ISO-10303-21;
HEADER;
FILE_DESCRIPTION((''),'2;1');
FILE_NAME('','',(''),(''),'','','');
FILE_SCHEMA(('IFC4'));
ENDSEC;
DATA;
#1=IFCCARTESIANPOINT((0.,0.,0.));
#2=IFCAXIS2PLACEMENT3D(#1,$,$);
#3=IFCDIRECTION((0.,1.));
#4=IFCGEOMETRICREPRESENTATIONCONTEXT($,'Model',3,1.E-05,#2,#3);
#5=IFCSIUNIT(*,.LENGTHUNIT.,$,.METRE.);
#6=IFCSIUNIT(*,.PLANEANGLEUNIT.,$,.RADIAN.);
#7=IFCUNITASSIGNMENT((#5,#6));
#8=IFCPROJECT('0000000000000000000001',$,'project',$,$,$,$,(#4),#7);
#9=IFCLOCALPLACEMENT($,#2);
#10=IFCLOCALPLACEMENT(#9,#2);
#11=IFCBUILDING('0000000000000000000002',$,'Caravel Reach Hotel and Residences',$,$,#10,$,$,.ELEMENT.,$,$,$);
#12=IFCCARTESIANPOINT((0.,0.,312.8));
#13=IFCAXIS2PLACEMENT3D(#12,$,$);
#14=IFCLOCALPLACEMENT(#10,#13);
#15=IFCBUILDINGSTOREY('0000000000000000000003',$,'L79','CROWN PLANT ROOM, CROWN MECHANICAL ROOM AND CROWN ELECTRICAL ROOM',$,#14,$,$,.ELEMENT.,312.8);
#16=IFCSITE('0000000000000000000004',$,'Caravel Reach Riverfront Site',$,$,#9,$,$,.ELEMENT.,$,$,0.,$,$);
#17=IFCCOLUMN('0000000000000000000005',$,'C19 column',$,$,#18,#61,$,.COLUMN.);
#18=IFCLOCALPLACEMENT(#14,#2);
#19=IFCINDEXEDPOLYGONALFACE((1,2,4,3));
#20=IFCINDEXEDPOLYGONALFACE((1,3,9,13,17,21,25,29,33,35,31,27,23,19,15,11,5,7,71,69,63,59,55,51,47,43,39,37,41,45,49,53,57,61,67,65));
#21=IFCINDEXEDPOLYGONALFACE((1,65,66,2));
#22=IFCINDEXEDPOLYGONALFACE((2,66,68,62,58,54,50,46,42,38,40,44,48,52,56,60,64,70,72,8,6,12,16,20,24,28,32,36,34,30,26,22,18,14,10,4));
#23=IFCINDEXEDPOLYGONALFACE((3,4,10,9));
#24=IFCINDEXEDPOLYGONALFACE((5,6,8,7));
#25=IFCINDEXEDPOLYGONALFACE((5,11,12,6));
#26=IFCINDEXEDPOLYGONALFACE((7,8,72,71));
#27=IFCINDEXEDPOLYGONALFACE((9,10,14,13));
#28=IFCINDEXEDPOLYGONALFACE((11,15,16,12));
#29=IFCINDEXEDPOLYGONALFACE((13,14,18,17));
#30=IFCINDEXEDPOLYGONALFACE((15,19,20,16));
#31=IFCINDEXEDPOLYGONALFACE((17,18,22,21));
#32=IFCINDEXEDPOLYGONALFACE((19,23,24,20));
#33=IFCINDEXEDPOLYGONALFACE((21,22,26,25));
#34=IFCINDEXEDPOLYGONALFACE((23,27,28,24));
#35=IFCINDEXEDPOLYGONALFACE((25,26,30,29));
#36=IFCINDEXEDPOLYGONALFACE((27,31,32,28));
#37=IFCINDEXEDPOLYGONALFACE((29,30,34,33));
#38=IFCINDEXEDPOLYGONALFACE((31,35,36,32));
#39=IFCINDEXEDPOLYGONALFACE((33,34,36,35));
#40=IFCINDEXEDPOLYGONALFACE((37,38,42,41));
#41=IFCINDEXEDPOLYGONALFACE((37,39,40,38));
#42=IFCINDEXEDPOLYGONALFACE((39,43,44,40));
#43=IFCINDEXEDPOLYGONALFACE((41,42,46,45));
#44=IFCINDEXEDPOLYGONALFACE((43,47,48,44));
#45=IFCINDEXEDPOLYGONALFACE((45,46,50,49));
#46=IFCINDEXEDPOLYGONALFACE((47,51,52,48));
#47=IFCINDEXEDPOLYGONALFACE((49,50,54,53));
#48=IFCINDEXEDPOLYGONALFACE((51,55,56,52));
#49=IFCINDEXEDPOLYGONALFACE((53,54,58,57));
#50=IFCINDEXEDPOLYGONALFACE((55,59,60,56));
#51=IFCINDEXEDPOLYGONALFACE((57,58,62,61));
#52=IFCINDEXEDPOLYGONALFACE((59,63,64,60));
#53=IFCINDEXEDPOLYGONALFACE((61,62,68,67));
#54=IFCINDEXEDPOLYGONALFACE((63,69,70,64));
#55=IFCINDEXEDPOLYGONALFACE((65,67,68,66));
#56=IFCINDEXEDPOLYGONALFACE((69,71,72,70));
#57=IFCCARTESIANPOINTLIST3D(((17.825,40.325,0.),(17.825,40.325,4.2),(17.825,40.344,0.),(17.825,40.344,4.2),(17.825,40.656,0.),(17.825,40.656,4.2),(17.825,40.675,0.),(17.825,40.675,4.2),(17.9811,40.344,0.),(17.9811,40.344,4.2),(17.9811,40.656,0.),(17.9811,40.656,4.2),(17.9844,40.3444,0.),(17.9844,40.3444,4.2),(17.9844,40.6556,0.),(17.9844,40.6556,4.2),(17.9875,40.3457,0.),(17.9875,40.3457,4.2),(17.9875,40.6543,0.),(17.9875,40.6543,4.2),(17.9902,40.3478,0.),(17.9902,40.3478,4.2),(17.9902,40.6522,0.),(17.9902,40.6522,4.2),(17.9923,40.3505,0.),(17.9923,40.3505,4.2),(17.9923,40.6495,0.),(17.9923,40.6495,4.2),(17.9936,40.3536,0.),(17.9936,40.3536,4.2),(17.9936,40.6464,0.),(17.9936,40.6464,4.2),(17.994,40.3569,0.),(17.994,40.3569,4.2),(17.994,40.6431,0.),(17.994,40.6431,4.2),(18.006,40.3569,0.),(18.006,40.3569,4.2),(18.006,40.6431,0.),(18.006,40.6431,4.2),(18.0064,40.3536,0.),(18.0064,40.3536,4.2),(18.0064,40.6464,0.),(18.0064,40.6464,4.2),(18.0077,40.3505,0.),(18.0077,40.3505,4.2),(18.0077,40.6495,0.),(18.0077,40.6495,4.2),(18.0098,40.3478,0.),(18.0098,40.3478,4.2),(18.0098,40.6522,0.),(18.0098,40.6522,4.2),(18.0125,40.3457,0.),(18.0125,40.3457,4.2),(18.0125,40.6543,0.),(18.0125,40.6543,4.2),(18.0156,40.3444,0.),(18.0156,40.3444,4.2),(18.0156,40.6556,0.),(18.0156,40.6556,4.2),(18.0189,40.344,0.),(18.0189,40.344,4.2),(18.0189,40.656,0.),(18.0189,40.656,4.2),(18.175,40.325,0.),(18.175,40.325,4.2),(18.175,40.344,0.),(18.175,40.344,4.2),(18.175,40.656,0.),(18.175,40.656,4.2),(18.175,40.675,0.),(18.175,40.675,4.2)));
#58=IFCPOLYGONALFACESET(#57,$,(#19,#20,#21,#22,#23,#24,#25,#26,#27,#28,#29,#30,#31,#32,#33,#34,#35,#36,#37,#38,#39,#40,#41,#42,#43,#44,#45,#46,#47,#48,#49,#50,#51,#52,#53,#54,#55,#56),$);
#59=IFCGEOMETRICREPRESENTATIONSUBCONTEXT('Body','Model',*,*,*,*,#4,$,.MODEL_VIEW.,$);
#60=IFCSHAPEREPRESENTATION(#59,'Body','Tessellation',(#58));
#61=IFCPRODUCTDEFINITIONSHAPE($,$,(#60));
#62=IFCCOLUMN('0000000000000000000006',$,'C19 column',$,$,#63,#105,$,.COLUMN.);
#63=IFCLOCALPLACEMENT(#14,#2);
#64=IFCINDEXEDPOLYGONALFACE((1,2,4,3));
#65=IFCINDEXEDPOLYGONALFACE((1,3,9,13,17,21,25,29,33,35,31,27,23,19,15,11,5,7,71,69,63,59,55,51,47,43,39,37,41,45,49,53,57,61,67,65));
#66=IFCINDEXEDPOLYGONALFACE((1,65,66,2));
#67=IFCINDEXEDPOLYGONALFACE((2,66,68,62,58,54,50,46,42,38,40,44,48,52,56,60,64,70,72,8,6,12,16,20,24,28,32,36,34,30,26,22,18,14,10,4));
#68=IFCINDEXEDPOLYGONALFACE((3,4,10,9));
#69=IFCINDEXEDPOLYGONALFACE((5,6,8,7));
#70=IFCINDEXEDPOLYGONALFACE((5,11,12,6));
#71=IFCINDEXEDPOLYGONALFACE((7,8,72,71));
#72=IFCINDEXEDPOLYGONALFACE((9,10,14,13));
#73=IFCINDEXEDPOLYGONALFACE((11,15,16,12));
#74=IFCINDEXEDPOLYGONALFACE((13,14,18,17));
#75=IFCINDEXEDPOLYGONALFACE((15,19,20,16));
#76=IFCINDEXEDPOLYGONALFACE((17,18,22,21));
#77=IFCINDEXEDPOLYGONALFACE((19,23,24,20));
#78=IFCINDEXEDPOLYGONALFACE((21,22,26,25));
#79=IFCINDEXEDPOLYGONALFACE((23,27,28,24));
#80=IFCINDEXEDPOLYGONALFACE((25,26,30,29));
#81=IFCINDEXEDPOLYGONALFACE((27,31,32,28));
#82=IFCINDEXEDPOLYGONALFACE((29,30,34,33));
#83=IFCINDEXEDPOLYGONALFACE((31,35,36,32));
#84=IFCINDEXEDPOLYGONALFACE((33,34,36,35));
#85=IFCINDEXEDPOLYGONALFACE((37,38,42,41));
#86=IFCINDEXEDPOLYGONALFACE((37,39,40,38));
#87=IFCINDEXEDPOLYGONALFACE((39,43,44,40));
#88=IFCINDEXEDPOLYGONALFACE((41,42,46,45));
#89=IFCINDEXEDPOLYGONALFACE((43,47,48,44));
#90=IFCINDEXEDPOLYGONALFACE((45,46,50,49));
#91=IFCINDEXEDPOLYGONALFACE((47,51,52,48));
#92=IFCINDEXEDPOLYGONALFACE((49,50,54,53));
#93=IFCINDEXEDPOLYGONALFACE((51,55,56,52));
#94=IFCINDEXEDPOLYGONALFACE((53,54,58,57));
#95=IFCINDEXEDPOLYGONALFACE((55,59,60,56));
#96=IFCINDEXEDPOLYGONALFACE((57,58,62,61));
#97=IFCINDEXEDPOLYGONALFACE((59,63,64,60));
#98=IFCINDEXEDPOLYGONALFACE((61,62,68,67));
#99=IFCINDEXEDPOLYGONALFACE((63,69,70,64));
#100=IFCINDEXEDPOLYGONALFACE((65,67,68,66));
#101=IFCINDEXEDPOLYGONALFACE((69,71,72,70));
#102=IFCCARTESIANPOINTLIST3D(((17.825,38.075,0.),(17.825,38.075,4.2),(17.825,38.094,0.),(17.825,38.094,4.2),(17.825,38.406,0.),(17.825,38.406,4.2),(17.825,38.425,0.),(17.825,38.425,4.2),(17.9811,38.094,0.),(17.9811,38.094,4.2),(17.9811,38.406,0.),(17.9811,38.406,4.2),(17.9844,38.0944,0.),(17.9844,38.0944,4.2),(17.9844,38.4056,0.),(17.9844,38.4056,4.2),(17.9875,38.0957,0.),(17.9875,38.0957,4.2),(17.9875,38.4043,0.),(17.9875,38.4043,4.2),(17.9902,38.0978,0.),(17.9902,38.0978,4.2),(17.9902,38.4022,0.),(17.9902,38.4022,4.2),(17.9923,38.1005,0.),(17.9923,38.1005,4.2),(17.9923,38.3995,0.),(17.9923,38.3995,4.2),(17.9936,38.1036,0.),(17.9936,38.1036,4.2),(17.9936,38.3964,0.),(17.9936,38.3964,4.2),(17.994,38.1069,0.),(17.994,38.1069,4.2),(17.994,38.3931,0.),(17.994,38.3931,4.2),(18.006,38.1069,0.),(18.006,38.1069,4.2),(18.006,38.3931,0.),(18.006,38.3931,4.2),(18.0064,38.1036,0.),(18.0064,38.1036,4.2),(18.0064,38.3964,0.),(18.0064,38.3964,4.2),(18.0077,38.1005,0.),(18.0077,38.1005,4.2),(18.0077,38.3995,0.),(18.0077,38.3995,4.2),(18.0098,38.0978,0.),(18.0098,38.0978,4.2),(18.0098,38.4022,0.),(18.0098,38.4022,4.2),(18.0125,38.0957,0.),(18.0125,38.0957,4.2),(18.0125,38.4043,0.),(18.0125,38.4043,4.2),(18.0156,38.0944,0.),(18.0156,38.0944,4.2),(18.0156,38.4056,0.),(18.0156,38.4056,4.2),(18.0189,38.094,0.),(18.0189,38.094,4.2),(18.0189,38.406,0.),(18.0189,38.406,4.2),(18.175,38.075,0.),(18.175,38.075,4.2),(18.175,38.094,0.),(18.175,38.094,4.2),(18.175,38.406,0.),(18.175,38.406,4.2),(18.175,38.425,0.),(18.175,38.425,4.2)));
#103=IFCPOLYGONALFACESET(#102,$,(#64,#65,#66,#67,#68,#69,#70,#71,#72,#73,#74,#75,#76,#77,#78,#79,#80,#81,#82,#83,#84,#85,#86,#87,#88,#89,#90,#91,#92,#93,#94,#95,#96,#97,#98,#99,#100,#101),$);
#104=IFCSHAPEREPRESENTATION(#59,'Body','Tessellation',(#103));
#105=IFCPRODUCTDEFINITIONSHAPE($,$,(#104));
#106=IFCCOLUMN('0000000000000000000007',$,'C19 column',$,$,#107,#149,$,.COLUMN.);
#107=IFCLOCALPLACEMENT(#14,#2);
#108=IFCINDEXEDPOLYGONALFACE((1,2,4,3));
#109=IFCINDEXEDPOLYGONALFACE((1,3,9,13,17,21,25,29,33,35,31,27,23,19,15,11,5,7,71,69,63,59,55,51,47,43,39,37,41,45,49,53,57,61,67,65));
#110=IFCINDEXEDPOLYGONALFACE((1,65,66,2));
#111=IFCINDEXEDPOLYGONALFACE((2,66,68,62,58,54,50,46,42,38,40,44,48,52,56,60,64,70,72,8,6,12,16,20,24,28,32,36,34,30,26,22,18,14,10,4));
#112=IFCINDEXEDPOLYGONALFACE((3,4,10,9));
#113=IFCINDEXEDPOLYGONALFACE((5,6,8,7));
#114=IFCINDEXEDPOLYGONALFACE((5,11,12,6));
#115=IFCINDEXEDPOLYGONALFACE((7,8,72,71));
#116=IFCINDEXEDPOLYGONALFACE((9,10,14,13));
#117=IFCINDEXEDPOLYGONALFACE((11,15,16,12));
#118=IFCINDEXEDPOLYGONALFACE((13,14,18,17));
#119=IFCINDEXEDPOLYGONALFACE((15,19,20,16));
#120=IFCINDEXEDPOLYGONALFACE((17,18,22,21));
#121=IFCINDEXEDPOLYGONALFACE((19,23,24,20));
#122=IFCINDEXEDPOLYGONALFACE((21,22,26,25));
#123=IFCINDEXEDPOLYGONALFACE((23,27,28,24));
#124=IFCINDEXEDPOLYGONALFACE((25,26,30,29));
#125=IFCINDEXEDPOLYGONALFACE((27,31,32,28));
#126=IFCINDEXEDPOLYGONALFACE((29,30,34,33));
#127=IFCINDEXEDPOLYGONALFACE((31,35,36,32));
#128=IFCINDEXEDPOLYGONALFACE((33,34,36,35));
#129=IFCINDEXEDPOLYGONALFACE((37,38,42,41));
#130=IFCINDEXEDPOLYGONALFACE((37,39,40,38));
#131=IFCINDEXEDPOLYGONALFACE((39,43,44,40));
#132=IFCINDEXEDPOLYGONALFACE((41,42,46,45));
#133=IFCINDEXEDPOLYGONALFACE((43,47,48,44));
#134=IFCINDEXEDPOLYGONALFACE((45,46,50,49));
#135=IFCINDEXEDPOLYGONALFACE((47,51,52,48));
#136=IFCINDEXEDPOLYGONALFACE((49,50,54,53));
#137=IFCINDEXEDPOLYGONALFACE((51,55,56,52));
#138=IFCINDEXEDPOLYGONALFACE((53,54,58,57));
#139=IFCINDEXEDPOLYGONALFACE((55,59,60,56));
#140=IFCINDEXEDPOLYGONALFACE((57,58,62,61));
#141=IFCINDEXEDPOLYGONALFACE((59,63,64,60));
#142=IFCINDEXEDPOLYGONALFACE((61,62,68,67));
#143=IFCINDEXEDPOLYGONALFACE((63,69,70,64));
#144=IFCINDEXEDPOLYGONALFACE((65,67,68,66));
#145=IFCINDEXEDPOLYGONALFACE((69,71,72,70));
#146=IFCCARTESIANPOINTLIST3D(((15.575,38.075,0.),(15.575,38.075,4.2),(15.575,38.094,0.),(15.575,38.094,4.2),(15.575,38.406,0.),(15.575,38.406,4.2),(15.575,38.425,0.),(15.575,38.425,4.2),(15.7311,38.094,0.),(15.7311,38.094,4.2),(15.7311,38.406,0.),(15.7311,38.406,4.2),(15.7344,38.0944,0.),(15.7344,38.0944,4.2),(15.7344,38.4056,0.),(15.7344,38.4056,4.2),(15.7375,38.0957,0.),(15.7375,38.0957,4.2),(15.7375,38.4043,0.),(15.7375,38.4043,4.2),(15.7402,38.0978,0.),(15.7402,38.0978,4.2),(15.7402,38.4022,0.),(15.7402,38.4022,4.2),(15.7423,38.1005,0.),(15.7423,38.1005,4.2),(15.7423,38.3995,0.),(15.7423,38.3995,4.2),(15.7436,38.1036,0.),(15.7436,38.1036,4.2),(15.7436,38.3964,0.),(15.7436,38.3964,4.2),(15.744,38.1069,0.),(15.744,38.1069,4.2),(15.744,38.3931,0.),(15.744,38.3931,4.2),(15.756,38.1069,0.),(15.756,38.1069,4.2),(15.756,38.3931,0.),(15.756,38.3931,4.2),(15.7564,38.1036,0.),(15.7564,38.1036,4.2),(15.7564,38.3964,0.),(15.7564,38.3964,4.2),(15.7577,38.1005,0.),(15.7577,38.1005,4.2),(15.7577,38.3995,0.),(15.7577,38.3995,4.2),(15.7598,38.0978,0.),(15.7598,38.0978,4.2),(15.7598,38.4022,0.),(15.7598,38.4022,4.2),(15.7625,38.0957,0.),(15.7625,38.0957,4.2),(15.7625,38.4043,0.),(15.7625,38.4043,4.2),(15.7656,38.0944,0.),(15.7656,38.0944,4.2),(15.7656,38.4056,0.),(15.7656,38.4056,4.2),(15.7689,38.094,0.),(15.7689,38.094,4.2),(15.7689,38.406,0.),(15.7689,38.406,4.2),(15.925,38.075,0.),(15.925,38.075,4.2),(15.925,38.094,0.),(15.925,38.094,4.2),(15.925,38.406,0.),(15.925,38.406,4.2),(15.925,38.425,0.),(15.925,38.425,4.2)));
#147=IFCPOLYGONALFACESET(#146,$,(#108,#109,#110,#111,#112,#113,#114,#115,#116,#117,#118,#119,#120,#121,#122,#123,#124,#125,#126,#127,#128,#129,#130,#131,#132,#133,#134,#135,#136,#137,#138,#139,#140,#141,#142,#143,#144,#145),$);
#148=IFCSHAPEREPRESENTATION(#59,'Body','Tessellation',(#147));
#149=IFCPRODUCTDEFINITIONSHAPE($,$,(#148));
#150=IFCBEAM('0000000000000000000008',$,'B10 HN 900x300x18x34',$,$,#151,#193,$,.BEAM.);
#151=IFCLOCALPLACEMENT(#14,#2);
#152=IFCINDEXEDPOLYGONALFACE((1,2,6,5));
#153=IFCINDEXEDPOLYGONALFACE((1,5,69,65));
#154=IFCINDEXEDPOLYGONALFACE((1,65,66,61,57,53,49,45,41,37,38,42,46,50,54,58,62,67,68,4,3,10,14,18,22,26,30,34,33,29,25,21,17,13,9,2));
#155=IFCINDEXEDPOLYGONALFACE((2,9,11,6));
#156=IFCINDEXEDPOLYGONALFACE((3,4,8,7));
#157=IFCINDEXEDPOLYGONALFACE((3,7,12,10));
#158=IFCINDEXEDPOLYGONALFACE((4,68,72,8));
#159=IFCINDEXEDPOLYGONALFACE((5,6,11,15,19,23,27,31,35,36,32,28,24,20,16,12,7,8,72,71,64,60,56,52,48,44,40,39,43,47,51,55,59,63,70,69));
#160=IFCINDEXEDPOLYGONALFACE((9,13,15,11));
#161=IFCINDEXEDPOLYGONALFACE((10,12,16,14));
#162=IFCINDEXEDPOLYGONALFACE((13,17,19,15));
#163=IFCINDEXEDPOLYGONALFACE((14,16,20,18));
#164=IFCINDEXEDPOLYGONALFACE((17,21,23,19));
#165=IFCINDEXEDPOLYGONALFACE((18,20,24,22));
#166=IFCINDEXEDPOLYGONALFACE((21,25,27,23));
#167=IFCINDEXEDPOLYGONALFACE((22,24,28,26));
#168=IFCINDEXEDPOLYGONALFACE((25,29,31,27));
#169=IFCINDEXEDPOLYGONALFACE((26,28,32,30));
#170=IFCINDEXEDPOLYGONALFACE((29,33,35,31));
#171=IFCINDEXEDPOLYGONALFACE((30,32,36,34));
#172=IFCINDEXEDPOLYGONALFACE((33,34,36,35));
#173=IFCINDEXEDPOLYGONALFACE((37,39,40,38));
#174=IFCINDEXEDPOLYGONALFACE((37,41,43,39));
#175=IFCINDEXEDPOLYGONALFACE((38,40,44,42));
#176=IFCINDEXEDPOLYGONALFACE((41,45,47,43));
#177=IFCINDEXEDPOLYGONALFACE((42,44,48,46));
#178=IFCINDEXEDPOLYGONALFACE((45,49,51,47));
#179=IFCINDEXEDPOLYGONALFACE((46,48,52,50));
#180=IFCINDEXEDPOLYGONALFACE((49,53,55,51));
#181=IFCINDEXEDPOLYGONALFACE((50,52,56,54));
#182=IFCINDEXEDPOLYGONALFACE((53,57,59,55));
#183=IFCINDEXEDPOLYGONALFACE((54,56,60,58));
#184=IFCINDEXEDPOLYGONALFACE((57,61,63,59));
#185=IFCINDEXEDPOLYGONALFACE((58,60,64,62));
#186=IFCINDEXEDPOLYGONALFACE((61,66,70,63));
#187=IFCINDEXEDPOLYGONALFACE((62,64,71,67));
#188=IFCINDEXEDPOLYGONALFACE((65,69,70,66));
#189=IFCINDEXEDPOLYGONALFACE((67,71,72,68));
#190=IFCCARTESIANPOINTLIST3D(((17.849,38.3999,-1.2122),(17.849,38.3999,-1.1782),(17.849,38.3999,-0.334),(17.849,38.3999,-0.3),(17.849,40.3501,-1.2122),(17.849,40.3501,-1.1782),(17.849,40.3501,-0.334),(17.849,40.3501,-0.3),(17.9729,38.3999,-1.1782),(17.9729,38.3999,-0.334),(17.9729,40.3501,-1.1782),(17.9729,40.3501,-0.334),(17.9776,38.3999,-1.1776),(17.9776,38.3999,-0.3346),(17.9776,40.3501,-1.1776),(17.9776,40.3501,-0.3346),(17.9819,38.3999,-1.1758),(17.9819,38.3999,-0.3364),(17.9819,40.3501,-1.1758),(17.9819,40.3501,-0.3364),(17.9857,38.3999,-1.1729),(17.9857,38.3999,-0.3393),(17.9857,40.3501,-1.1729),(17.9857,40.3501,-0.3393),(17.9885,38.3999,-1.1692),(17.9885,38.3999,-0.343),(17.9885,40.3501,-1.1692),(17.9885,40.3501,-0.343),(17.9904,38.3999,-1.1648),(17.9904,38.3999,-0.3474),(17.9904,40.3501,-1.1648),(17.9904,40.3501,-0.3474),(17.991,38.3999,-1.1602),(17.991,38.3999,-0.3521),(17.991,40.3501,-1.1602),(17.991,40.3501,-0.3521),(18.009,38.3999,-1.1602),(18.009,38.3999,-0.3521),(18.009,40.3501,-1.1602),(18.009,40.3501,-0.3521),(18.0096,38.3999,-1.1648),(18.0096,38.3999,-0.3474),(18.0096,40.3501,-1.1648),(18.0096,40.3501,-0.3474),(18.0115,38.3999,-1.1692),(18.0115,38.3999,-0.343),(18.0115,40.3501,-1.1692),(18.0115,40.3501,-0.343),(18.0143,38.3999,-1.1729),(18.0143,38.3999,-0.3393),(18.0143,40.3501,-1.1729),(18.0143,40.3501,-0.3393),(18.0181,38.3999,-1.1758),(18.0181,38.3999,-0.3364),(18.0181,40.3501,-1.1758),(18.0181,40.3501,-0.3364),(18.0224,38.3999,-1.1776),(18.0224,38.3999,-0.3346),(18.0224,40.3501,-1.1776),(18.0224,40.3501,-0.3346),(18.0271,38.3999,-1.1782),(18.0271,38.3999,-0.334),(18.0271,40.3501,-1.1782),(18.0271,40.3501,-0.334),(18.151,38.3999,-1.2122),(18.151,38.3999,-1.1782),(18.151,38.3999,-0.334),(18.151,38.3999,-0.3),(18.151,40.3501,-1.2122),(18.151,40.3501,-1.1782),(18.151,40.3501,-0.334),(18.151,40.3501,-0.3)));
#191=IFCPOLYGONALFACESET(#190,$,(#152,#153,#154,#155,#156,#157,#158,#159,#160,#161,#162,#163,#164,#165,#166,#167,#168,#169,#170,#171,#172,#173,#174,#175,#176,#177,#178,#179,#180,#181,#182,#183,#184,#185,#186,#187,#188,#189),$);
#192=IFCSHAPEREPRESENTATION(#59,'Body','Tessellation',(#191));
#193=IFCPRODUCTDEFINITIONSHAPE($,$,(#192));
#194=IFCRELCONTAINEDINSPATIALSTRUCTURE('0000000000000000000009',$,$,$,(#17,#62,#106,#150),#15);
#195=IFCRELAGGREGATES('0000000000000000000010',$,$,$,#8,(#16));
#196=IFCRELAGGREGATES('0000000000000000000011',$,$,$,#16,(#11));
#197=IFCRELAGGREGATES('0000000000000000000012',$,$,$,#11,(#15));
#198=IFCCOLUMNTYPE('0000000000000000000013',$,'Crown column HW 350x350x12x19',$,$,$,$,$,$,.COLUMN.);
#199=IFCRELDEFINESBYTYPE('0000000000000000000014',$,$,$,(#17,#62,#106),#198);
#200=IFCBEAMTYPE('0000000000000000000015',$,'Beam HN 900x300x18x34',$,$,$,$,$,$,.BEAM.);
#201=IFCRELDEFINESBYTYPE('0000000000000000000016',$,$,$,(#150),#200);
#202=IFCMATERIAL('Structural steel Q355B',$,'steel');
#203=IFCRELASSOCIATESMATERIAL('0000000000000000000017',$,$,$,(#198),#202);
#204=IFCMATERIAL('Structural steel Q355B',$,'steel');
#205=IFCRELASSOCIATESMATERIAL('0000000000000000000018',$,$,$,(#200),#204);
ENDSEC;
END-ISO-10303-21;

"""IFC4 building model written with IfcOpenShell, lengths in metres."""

from ifc_helpers import new_model, si_unit, direction, frame, origin, origin_2d, place, context, subcontext, project, spatial, i_section, extrude, material, material_profile, profile_set, type_object, element, save


model = new_model("IFC4")

# Units and contexts
model_context = context("Model", 3, precision=1e-05, world=origin(), true_north=direction((0.0, 1.0)))
body_context = subcontext(model_context, "Body", "Model", "MODEL_VIEW")
ifc_project = project(units=[si_unit("LENGTHUNIT", "METRE"), si_unit("PLANEANGLEUNIT", "RADIAN")], contexts=[model_context])

# Site, building, storey
site_placement = place(None, origin())
site = spatial("IfcSite", under=ifc_project, at=site_placement, Name="Caravel Reach Riverfront Site", CompositionType="ELEMENT", RefElevation=0.0)
building_placement = place(site_placement, origin())
building = spatial("IfcBuilding", under=site, at=building_placement, Name="Caravel Reach Hotel and Residences", CompositionType="ELEMENT")
storey_placement = place(building_placement, frame((0.0, 0.0, 312.8)))
storey = spatial("IfcBuildingStorey", under=building, at=storey_placement, Name="L79", Description="CROWN PLANT ROOM, CROWN MECHANICAL ROOM AND CROWN ELECTRICAL ROOM", CompositionType="ELEMENT", Elevation=312.8)

# Columns
ifc_material_1 = material(Name="Structural steel Q355B", Category="steel")
ifc_material_profile_1 = material_profile(ifc_material_1, i_section(OverallWidth=0.3501, OverallDepth=0.3501, WebThickness=0.012, FlangeThickness=0.019, FilletRadius=0.0129, at=origin_2d()), Name="HW 350x350x12x19")
ifc_profile_set_1 = profile_set([ifc_material_profile_1], Name="Structural steel Q355B")
column_type = type_object("IfcColumnType", Name="Crown column HW 350x350x12x19", PredefinedType="COLUMN", material=ifc_profile_set_1)
for number, where, z_axis, x_axis, name in (
    (1, (18.0, 40.5, 0.0), (0.0, 0.0, 1.0), (1.0, 0.0, 0.0), "C19 column"),
    (2, (18.0, 38.25, 0.0), (0.0, 0.0, 1.0), (1.0, 0.0, 0.0), "C19 column"),
    (3, (15.75, 38.25, 0.0), (0.0, 0.0, 1.0), (1.0, 0.0, 0.0), "C19 column"),
):
    element("IfcColumn", number, at=place(storey_placement, frame(where, z_axis=z_axis, x_axis=x_axis)), inside=storey, type_object=column_type, Name=name, PredefinedType="COLUMN", context=body_context, shape_type="SweptSolid", body=[
        extrude(i_section(OverallWidth=0.3501, OverallDepth=0.3501, WebThickness=0.012, FlangeThickness=0.019, FilletRadius=0.0129, at=origin_2d()), origin(), (0.0, 0.0, 1.0), 4.2),
    ])

# Beam
ifc_material_2 = material(Name="Structural steel Q355B", Category="steel")
ifc_material_profile_2 = material_profile(ifc_material_2, i_section(OverallWidth=0.302, OverallDepth=0.9121, WebThickness=0.0181, FlangeThickness=0.0339, FilletRadius=0.0181, at=origin_2d()), Name="HN 900x300x18x34")
ifc_profile_set_2 = profile_set([ifc_material_profile_2], Name="Structural steel Q355B")
beam_type = type_object("IfcBeamType", Name="Beam HN 900x300x18x34", PredefinedType="BEAM", material=ifc_profile_set_2)
for number, where, z_axis, x_axis, name in (
    (4, (18.0, 40.3501, -0.7561), (0.0, -1.0, 0.0), (1.0, 0.0, 0.0), "B10 HN 900x300x18x34"),
):
    element("IfcBeam", number, at=place(storey_placement, frame(where, z_axis=z_axis, x_axis=x_axis)), inside=storey, type_object=beam_type, Name=name, PredefinedType="BEAM", context=body_context, shape_type="SweptSolid", body=[
        extrude(i_section(OverallWidth=0.302, OverallDepth=0.9121, WebThickness=0.0181, FlangeThickness=0.0339, FilletRadius=0.0181, at=origin_2d()), origin(), (0.0, 0.0, 1.0), 1.9502),
    ])

save(model, "model.ifc")
